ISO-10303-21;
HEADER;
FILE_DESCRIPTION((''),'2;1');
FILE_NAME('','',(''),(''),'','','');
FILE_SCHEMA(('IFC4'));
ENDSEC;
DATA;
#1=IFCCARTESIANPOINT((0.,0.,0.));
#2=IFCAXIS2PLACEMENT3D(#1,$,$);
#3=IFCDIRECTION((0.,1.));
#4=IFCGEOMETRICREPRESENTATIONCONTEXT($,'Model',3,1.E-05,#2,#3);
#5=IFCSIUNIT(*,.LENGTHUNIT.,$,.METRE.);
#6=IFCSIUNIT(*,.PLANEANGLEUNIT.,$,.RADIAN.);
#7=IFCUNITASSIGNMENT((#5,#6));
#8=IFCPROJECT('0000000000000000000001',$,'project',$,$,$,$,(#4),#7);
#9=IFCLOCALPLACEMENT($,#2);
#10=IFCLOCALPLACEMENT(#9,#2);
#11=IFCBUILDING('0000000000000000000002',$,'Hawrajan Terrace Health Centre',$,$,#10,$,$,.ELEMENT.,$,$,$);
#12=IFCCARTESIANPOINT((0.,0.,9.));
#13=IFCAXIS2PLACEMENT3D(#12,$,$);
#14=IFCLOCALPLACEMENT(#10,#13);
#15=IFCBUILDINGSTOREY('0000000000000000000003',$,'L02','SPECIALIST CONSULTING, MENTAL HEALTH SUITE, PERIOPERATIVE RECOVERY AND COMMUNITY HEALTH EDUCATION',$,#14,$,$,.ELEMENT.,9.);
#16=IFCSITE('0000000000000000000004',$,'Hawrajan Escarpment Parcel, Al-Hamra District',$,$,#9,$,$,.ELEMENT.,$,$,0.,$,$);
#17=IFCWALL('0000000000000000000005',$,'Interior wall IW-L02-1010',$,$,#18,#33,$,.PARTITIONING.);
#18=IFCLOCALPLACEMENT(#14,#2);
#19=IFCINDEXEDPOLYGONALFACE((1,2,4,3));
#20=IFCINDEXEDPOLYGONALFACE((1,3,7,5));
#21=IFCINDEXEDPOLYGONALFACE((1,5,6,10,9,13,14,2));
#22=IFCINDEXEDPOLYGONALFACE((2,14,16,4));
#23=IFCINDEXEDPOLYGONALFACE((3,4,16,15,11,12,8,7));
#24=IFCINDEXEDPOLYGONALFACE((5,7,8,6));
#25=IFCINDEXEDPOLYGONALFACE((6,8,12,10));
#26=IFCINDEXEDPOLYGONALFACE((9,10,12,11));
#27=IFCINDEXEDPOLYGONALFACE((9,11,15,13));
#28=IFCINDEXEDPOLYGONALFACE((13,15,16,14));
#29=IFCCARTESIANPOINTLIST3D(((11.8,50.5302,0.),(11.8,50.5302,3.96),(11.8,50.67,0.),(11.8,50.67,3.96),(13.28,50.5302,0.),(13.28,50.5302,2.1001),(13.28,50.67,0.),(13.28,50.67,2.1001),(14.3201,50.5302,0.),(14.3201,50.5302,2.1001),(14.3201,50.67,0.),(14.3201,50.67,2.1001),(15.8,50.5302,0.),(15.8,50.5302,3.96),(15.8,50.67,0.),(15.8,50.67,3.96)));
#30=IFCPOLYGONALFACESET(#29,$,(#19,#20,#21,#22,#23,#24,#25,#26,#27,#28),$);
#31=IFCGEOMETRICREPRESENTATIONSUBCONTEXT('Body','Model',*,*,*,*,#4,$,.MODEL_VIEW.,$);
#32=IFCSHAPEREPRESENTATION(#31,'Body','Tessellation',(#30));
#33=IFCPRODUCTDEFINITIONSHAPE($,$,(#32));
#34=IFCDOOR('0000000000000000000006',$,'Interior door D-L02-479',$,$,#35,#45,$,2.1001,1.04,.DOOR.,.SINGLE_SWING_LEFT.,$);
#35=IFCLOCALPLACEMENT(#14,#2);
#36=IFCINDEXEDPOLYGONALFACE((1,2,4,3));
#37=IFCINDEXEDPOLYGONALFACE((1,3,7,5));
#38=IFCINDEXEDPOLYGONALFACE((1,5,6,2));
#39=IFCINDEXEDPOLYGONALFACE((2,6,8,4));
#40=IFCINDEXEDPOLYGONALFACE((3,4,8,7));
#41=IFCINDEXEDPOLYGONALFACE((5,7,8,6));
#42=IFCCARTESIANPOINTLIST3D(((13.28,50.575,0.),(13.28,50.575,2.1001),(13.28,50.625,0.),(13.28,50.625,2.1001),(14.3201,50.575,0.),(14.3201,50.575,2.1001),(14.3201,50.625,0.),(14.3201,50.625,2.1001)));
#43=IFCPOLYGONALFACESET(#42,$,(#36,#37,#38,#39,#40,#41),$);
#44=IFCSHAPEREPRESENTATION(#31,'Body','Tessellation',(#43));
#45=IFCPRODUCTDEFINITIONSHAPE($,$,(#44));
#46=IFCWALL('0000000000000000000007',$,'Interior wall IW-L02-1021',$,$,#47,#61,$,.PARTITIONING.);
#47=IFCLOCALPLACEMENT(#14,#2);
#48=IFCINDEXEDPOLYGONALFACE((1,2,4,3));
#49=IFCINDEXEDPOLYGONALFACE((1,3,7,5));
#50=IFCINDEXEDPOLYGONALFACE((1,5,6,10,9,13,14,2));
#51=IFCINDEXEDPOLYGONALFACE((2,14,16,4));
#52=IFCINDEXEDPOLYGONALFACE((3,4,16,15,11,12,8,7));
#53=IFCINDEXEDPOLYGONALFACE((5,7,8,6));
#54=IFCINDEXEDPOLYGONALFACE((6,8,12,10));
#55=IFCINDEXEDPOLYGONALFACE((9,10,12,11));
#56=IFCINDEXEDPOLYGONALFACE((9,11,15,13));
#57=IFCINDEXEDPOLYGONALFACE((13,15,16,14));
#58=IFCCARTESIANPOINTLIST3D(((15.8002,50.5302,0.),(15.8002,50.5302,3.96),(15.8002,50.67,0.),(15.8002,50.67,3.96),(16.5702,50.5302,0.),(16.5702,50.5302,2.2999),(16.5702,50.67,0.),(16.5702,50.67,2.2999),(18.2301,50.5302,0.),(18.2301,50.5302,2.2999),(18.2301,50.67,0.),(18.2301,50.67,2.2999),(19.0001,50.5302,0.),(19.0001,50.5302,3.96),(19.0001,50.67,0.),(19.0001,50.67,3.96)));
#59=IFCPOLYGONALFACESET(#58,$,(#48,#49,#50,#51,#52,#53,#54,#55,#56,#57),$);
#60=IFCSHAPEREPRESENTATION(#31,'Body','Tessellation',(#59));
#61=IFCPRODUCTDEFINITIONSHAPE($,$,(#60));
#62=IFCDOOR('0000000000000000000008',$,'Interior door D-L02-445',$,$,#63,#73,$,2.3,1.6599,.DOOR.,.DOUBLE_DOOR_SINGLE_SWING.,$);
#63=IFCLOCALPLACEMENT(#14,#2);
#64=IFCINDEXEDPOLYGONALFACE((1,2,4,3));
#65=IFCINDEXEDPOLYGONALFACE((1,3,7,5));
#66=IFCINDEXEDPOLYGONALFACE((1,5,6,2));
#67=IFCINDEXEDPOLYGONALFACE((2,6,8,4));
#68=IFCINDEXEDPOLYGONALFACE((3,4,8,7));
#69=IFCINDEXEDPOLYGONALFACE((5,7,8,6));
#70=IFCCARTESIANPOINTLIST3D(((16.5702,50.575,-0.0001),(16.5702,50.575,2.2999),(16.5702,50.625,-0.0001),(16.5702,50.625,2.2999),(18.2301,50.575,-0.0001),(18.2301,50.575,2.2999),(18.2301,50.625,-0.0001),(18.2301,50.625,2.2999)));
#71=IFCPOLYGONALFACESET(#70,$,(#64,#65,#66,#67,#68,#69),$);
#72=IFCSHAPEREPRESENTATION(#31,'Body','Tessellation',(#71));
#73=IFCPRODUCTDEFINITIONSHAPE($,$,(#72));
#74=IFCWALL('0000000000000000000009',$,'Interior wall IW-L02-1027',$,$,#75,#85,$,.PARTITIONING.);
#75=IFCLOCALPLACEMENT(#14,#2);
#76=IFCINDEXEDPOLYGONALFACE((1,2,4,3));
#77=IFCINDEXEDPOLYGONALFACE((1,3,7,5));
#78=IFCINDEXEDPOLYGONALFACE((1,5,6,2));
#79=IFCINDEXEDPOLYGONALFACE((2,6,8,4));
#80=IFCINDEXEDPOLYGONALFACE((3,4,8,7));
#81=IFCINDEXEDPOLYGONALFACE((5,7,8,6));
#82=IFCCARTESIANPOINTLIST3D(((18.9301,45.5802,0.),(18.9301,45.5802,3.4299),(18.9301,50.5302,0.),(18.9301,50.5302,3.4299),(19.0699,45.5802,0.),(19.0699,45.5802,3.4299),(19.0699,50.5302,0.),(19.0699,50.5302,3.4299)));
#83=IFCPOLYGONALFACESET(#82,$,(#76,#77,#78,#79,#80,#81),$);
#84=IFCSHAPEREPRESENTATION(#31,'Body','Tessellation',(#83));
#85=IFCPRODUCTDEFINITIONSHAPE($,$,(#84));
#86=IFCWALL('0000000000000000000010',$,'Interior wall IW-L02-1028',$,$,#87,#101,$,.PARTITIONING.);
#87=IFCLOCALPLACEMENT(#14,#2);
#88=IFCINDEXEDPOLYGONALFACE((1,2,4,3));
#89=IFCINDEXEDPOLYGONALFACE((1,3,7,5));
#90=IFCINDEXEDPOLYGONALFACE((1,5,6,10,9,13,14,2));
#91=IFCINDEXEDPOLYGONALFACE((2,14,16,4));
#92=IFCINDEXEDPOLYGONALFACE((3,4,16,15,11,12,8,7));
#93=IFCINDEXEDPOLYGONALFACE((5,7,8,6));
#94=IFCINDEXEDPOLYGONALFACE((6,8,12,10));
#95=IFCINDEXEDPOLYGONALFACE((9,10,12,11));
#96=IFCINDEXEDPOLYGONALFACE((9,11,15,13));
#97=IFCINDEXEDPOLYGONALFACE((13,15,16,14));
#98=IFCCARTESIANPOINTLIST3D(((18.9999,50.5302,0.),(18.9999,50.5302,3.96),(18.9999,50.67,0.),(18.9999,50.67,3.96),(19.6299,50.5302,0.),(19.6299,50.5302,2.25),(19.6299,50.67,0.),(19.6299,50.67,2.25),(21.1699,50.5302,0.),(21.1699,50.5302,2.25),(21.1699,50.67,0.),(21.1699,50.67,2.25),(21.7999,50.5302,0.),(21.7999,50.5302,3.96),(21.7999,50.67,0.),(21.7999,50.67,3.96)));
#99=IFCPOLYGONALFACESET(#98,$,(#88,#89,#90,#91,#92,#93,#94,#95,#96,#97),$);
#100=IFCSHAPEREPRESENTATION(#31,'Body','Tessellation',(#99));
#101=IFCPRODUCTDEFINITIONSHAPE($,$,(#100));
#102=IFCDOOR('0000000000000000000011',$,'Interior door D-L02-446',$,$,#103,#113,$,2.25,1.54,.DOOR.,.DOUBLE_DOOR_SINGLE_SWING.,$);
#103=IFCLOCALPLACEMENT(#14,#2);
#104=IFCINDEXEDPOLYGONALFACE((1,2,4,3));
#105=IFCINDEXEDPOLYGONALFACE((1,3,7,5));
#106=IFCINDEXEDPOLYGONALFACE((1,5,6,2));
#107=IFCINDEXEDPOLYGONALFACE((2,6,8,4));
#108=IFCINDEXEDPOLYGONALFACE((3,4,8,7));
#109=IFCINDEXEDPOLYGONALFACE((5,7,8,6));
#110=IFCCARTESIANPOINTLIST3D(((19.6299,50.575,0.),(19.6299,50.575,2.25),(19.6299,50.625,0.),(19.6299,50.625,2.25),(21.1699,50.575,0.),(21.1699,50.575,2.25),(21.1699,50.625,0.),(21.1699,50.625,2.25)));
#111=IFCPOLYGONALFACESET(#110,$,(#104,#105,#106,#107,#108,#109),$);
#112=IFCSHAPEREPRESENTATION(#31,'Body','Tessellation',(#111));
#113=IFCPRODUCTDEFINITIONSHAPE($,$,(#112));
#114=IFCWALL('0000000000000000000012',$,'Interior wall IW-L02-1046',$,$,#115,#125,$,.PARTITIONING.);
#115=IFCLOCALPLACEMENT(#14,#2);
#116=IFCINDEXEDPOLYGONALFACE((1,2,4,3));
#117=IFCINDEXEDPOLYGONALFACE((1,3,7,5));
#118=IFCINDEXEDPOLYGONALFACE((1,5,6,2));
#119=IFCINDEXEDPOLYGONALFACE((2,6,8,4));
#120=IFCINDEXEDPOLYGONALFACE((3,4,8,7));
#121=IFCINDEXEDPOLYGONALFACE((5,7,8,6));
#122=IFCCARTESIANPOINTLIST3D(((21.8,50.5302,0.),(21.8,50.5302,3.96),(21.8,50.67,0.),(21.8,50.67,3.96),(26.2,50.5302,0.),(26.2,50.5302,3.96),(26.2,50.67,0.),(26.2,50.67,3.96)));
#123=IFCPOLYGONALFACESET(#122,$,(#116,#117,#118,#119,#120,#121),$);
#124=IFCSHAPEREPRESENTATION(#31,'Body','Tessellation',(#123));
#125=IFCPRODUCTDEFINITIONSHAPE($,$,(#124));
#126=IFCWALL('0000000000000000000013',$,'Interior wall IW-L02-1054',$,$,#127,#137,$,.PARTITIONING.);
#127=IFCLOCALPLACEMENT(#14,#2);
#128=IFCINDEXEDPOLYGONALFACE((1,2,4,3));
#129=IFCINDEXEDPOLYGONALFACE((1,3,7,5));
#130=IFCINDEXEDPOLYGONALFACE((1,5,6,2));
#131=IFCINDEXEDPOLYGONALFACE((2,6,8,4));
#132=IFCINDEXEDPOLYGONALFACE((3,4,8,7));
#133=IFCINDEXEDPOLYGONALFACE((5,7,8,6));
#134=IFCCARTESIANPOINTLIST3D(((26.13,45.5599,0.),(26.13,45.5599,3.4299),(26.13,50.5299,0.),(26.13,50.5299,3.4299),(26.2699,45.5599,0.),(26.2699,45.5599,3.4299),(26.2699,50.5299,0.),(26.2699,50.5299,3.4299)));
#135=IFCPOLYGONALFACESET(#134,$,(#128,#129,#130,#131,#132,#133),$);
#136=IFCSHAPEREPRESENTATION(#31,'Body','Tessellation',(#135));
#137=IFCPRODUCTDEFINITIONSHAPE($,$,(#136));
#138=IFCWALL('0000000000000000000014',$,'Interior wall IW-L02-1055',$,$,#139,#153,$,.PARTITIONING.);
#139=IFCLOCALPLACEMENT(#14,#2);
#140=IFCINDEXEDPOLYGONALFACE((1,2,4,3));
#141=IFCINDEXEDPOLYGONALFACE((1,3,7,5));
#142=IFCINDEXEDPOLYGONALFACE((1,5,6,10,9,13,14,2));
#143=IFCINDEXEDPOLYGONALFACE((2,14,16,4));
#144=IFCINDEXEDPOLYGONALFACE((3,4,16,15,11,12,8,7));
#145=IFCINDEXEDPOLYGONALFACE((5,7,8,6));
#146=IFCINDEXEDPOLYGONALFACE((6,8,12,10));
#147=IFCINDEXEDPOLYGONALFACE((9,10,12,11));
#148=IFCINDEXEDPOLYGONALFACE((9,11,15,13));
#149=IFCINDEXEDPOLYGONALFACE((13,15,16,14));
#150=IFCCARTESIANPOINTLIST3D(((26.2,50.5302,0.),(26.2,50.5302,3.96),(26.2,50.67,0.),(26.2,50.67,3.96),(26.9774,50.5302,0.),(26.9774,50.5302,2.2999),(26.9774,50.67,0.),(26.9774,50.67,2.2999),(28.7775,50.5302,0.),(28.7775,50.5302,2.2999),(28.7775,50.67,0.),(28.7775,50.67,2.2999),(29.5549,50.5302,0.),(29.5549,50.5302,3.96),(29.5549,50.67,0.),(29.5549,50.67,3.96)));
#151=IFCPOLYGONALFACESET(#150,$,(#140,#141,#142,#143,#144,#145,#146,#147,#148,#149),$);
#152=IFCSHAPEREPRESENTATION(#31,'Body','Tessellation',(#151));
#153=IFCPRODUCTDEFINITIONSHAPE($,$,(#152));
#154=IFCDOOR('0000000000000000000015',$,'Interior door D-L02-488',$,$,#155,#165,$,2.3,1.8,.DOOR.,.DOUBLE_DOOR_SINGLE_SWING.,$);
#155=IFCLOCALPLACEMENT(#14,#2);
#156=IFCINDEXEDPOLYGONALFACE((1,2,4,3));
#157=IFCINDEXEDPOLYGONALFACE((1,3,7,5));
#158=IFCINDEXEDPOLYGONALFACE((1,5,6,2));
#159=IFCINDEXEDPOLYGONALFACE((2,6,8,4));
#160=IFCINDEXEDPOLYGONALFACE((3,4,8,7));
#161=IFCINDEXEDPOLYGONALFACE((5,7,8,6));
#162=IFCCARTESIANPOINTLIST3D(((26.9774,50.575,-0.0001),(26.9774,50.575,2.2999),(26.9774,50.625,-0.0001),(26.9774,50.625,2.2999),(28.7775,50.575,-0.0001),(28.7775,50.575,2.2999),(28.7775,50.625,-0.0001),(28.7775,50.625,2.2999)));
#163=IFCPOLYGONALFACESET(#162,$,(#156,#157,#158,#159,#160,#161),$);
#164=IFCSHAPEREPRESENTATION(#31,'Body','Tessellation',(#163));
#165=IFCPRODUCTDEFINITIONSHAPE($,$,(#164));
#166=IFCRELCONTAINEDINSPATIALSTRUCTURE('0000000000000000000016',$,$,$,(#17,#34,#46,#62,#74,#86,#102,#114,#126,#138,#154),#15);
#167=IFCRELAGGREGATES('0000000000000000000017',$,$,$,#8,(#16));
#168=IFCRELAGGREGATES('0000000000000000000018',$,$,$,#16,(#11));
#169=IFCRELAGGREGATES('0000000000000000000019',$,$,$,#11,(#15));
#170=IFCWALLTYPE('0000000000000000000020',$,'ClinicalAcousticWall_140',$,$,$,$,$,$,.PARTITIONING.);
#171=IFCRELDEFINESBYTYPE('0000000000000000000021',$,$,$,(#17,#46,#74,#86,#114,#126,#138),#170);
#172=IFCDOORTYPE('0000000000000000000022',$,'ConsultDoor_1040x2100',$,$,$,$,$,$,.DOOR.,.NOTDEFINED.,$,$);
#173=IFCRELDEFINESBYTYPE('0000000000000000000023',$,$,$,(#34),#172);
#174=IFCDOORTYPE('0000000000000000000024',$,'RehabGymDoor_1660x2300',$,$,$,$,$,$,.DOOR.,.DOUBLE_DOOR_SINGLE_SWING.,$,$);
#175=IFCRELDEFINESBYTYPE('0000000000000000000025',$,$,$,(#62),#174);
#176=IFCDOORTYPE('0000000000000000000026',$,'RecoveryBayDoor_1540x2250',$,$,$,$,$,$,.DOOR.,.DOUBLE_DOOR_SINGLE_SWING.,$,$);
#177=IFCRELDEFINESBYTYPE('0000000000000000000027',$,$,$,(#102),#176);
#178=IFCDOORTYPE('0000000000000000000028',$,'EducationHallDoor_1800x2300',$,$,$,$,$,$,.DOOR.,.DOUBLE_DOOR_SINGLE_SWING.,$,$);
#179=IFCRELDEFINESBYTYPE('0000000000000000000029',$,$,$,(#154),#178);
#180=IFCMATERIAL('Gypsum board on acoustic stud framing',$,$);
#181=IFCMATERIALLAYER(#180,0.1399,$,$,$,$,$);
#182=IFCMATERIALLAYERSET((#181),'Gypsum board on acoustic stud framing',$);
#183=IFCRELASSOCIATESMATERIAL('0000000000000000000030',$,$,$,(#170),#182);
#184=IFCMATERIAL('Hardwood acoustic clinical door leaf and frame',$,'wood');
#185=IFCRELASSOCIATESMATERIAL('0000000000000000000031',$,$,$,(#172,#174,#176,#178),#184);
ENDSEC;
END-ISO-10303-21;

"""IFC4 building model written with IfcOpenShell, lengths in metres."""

from ifc_helpers import new_model, si_unit, direction, frame, frame_2d, origin, place, context, subcontext, project, spatial, rectangle, extrude, material, layer, layer_set, type_object, element, fill, save


model = new_model("IFC4")

# Units and contexts
model_context = context("Model", 3, precision=1e-05, world=origin(), true_north=direction((0.0, 1.0)))
body_context = subcontext(model_context, "Body", "Model", "MODEL_VIEW")
ifc_project = project(units=[si_unit("LENGTHUNIT", "METRE"), si_unit("PLANEANGLEUNIT", "RADIAN")], contexts=[model_context])

# Site, building, storey
site_placement = place(None, origin())
site = spatial("IfcSite", under=ifc_project, at=site_placement, Name="Hawrajan Escarpment Parcel, Al-Hamra District", CompositionType="ELEMENT", RefElevation=0.0)
building_placement = place(site_placement, origin())
building = spatial("IfcBuilding", under=site, at=building_placement, Name="Hawrajan Terrace Health Centre", CompositionType="ELEMENT")
storey_placement = place(building_placement, frame((0.0, 0.0, 9.0)))
storey = spatial("IfcBuildingStorey", under=building, at=storey_placement, Name="L02", Description="SPECIALIST CONSULTING, MENTAL HEALTH SUITE, PERIOPERATIVE RECOVERY AND COMMUNITY HEALTH EDUCATION", CompositionType="ELEMENT", Elevation=9.0)

# Shared definitions
ifc_material_1 = material(Name="Gypsum board on acoustic stud framing")
ifc_layer = layer(ifc_material_1, 0.1399)
ifc_layer_set = layer_set([ifc_layer], Name="Gypsum board on acoustic stud framing")
wall_type = type_object("IfcWallType", Name="ClinicalAcousticWall_140", PredefinedType="PARTITIONING", material=ifc_layer_set)

# Walls, openings, doors
wall_1_placement = place(storey_placement, frame((11.8, 50.6001, 0.0), z_axis=(0.0, 0.0, 1.0), x_axis=(1.0, 0.0, 0.0)))
wall_1 = element("IfcWall", 1, at=wall_1_placement, inside=storey, type_object=wall_type, Name="Interior wall IW-L02-1010", PredefinedType="PARTITIONING", context=body_context, shape_type="SweptSolid", body=[
    extrude(rectangle(XDim=4.0, YDim=0.1399, at=frame_2d((2.0, 0.0))), origin(), (0.0, 0.0, 1.0), 3.96),
])
opening_1_placement = place(wall_1_placement, frame((1.48, 0.0, 0.0)))
opening_1 = element("IfcOpeningElement", 2, at=opening_1_placement, cuts=wall_1, PredefinedType="OPENING", context=body_context, shape_type="SweptSolid", body=[
    extrude(rectangle(XDim=1.04, YDim=2.1001, at=frame_2d((0.52, 1.05))), frame((0.0, 0.0798, 0.0), z_axis=(0.0, -1.0, 0.0), x_axis=(1.0, 0.0, 0.0)), (0.0, 0.0, 1.0), 0.1599),
])
ifc_material_2 = material(Name="Hardwood acoustic clinical door leaf and frame", Category="wood")
door_type_1 = type_object("IfcDoorType", Name="ConsultDoor_1040x2100", OperationType="NOTDEFINED", PredefinedType="DOOR", material=ifc_material_2)
door_1_placement = place(opening_1_placement, origin())
door_1 = element("IfcDoor", 3, at=door_1_placement, inside=storey, type_object=door_type_1, Name="Interior door D-L02-479", OperationType="SINGLE_SWING_LEFT", OverallHeight=2.1001, OverallWidth=1.04, PredefinedType="DOOR", context=body_context, shape_type="SweptSolid", body=[
    extrude(rectangle(XDim=1.04, YDim=2.1001, at=frame_2d((0.52, 1.05))), frame((0.0, 0.0249, 0.0), z_axis=(0.0, -1.0, 0.0), x_axis=(1.0, 0.0, 0.0)), (0.0, 0.0, 1.0), 0.05),
])
fill(opening_1, door_1)
wall_2_placement = place(storey_placement, frame((15.8, 50.6001, 0.0), z_axis=(0.0, 0.0, 1.0), x_axis=(1.0, 0.0, 0.0)))
wall_2 = element("IfcWall", 4, at=wall_2_placement, inside=storey, type_object=wall_type, Name="Interior wall IW-L02-1021", PredefinedType="PARTITIONING", context=body_context, shape_type="SweptSolid", body=[
    extrude(rectangle(XDim=3.2, YDim=0.1399, at=frame_2d((1.6001, 0.0))), origin(), (0.0, 0.0, 1.0), 3.96),
])
opening_2_placement = place(wall_2_placement, frame((0.77, 0.0, 0.0)))
opening_2 = element("IfcOpeningElement", 5, at=opening_2_placement, cuts=wall_2, PredefinedType="OPENING", context=body_context, shape_type="SweptSolid", body=[
    extrude(rectangle(XDim=1.6599, YDim=2.3, at=frame_2d((0.8301, 1.1499))), frame((0.0, 0.0798, 0.0), z_axis=(0.0, -1.0, 0.0), x_axis=(1.0, 0.0, 0.0)), (0.0, 0.0, 1.0), 0.1599),
])
door_type_2 = type_object("IfcDoorType", Name="RehabGymDoor_1660x2300", OperationType="DOUBLE_DOOR_SINGLE_SWING", PredefinedType="DOOR", material=ifc_material_2)
door_2_placement = place(opening_2_placement, origin())
door_2 = element("IfcDoor", 6, at=door_2_placement, inside=storey, type_object=door_type_2, Name="Interior door D-L02-445", OperationType="DOUBLE_DOOR_SINGLE_SWING", OverallHeight=2.3, OverallWidth=1.6599, PredefinedType="DOOR", context=body_context, shape_type="SweptSolid", body=[
    extrude(rectangle(XDim=1.6599, YDim=2.3, at=frame_2d((0.8301, 1.1499))), frame((0.0, 0.0249, 0.0), z_axis=(0.0, -1.0, 0.0), x_axis=(1.0, 0.0, 0.0)), (0.0, 0.0, 1.0), 0.05),
])
fill(opening_2, door_2)

# Wall
wall_3_placement = place(storey_placement, frame((19.0, 45.5801, 0.0), z_axis=(0.0, 0.0, 1.0), x_axis=(0.0, 1.0, 0.0)))
element("IfcWall", 7, at=wall_3_placement, inside=storey, type_object=wall_type, Name="Interior wall IW-L02-1027", PredefinedType="PARTITIONING", context=body_context, shape_type="SweptSolid", body=[
    extrude(rectangle(XDim=4.95, YDim=0.1399, at=frame_2d((2.4751, 0.0))), origin(), (0.0, 0.0, 1.0), 3.4299),
])

# Wall, opening, door
wall_4_placement = place(storey_placement, frame((19.0, 50.6001, 0.0), z_axis=(0.0, 0.0, 1.0), x_axis=(1.0, 0.0, 0.0)))
wall_4 = element("IfcWall", 8, at=wall_4_placement, inside=storey, type_object=wall_type, Name="Interior wall IW-L02-1028", PredefinedType="PARTITIONING", context=body_context, shape_type="SweptSolid", body=[
    extrude(rectangle(XDim=2.8, YDim=0.1399, at=frame_2d((1.3999, 0.0))), origin(), (0.0, 0.0, 1.0), 3.96),
])
opening_3_placement = place(wall_4_placement, frame((0.6299, 0.0, 0.0)))
opening_3 = element("IfcOpeningElement", 9, at=opening_3_placement, cuts=wall_4, PredefinedType="OPENING", context=body_context, shape_type="SweptSolid", body=[
    extrude(rectangle(XDim=1.54, YDim=2.25, at=frame_2d((0.77, 1.125))), frame((0.0, 0.0798, 0.0), z_axis=(0.0, -1.0, 0.0), x_axis=(1.0, 0.0, 0.0)), (0.0, 0.0, 1.0), 0.1599),
])
door_type_3 = type_object("IfcDoorType", Name="RecoveryBayDoor_1540x2250", OperationType="DOUBLE_DOOR_SINGLE_SWING", PredefinedType="DOOR", material=ifc_material_2)
door_3_placement = place(opening_3_placement, origin())
door_3 = element("IfcDoor", 10, at=door_3_placement, inside=storey, type_object=door_type_3, Name="Interior door D-L02-446", OperationType="DOUBLE_DOOR_SINGLE_SWING", OverallHeight=2.25, OverallWidth=1.54, PredefinedType="DOOR", context=body_context, shape_type="SweptSolid", body=[
    extrude(rectangle(XDim=1.54, YDim=2.25, at=frame_2d((0.77, 1.125))), frame((0.0, 0.0249, 0.0), z_axis=(0.0, -1.0, 0.0), x_axis=(1.0, 0.0, 0.0)), (0.0, 0.0, 1.0), 0.05),
])
fill(opening_3, door_3)

# Walls
wall_5_placement = place(storey_placement, frame((21.8, 50.6001, 0.0), z_axis=(0.0, 0.0, 1.0), x_axis=(1.0, 0.0, 0.0)))
element("IfcWall", 11, at=wall_5_placement, inside=storey, type_object=wall_type, Name="Interior wall IW-L02-1046", PredefinedType="PARTITIONING", context=body_context, shape_type="SweptSolid", body=[
    extrude(rectangle(XDim=4.3999, YDim=0.1399, at=frame_2d((2.2, 0.0))), origin(), (0.0, 0.0, 1.0), 3.96),
])
wall_6_placement = place(storey_placement, frame((26.2, 45.5601, 0.0), z_axis=(0.0, 0.0, 1.0), x_axis=(0.0, 1.0, 0.0)))
element("IfcWall", 12, at=wall_6_placement, inside=storey, type_object=wall_type, Name="Interior wall IW-L02-1054", PredefinedType="PARTITIONING", context=body_context, shape_type="SweptSolid", body=[
    extrude(rectangle(XDim=4.97, YDim=0.1399, at=frame_2d((2.4849, 0.0))), origin(), (0.0, 0.0, 1.0), 3.4299),
])

# Wall, opening, door
wall_7_placement = place(storey_placement, frame((26.2, 50.6001, 0.0), z_axis=(0.0, 0.0, 1.0), x_axis=(1.0, 0.0, 0.0)))
wall_7 = element("IfcWall", 13, at=wall_7_placement, inside=storey, type_object=wall_type, Name="Interior wall IW-L02-1055", PredefinedType="PARTITIONING", context=body_context, shape_type="SweptSolid", body=[
    extrude(rectangle(XDim=3.355, YDim=0.1399, at=frame_2d((1.6775, 0.0))), origin(), (0.0, 0.0, 1.0), 3.96),
])
opening_4_placement = place(wall_7_placement, frame((0.7776, 0.0, 0.0)))
opening_4 = element("IfcOpeningElement", 14, at=opening_4_placement, cuts=wall_7, PredefinedType="OPENING", context=body_context, shape_type="SweptSolid", body=[
    extrude(rectangle(XDim=1.8, YDim=2.3, at=frame_2d((0.8999, 1.1499))), frame((0.0, 0.0798, 0.0), z_axis=(0.0, -1.0, 0.0), x_axis=(1.0, 0.0, 0.0)), (0.0, 0.0, 1.0), 0.1599),
])
door_type_4 = type_object("IfcDoorType", Name="EducationHallDoor_1800x2300", OperationType="DOUBLE_DOOR_SINGLE_SWING", PredefinedType="DOOR", material=ifc_material_2)
door_4_placement = place(opening_4_placement, origin())
door_4 = element("IfcDoor", 15, at=door_4_placement, inside=storey, type_object=door_type_4, Name="Interior door D-L02-488", OperationType="DOUBLE_DOOR_SINGLE_SWING", OverallHeight=2.3, OverallWidth=1.8, PredefinedType="DOOR", context=body_context, shape_type="SweptSolid", body=[
    extrude(rectangle(XDim=1.8, YDim=2.3, at=frame_2d((0.8999, 1.1499))), frame((0.0, 0.0249, 0.0), z_axis=(0.0, -1.0, 0.0), x_axis=(1.0, 0.0, 0.0)), (0.0, 0.0, 1.0), 0.05),
])
fill(opening_4, door_4)

save(model, "model.ifc")
